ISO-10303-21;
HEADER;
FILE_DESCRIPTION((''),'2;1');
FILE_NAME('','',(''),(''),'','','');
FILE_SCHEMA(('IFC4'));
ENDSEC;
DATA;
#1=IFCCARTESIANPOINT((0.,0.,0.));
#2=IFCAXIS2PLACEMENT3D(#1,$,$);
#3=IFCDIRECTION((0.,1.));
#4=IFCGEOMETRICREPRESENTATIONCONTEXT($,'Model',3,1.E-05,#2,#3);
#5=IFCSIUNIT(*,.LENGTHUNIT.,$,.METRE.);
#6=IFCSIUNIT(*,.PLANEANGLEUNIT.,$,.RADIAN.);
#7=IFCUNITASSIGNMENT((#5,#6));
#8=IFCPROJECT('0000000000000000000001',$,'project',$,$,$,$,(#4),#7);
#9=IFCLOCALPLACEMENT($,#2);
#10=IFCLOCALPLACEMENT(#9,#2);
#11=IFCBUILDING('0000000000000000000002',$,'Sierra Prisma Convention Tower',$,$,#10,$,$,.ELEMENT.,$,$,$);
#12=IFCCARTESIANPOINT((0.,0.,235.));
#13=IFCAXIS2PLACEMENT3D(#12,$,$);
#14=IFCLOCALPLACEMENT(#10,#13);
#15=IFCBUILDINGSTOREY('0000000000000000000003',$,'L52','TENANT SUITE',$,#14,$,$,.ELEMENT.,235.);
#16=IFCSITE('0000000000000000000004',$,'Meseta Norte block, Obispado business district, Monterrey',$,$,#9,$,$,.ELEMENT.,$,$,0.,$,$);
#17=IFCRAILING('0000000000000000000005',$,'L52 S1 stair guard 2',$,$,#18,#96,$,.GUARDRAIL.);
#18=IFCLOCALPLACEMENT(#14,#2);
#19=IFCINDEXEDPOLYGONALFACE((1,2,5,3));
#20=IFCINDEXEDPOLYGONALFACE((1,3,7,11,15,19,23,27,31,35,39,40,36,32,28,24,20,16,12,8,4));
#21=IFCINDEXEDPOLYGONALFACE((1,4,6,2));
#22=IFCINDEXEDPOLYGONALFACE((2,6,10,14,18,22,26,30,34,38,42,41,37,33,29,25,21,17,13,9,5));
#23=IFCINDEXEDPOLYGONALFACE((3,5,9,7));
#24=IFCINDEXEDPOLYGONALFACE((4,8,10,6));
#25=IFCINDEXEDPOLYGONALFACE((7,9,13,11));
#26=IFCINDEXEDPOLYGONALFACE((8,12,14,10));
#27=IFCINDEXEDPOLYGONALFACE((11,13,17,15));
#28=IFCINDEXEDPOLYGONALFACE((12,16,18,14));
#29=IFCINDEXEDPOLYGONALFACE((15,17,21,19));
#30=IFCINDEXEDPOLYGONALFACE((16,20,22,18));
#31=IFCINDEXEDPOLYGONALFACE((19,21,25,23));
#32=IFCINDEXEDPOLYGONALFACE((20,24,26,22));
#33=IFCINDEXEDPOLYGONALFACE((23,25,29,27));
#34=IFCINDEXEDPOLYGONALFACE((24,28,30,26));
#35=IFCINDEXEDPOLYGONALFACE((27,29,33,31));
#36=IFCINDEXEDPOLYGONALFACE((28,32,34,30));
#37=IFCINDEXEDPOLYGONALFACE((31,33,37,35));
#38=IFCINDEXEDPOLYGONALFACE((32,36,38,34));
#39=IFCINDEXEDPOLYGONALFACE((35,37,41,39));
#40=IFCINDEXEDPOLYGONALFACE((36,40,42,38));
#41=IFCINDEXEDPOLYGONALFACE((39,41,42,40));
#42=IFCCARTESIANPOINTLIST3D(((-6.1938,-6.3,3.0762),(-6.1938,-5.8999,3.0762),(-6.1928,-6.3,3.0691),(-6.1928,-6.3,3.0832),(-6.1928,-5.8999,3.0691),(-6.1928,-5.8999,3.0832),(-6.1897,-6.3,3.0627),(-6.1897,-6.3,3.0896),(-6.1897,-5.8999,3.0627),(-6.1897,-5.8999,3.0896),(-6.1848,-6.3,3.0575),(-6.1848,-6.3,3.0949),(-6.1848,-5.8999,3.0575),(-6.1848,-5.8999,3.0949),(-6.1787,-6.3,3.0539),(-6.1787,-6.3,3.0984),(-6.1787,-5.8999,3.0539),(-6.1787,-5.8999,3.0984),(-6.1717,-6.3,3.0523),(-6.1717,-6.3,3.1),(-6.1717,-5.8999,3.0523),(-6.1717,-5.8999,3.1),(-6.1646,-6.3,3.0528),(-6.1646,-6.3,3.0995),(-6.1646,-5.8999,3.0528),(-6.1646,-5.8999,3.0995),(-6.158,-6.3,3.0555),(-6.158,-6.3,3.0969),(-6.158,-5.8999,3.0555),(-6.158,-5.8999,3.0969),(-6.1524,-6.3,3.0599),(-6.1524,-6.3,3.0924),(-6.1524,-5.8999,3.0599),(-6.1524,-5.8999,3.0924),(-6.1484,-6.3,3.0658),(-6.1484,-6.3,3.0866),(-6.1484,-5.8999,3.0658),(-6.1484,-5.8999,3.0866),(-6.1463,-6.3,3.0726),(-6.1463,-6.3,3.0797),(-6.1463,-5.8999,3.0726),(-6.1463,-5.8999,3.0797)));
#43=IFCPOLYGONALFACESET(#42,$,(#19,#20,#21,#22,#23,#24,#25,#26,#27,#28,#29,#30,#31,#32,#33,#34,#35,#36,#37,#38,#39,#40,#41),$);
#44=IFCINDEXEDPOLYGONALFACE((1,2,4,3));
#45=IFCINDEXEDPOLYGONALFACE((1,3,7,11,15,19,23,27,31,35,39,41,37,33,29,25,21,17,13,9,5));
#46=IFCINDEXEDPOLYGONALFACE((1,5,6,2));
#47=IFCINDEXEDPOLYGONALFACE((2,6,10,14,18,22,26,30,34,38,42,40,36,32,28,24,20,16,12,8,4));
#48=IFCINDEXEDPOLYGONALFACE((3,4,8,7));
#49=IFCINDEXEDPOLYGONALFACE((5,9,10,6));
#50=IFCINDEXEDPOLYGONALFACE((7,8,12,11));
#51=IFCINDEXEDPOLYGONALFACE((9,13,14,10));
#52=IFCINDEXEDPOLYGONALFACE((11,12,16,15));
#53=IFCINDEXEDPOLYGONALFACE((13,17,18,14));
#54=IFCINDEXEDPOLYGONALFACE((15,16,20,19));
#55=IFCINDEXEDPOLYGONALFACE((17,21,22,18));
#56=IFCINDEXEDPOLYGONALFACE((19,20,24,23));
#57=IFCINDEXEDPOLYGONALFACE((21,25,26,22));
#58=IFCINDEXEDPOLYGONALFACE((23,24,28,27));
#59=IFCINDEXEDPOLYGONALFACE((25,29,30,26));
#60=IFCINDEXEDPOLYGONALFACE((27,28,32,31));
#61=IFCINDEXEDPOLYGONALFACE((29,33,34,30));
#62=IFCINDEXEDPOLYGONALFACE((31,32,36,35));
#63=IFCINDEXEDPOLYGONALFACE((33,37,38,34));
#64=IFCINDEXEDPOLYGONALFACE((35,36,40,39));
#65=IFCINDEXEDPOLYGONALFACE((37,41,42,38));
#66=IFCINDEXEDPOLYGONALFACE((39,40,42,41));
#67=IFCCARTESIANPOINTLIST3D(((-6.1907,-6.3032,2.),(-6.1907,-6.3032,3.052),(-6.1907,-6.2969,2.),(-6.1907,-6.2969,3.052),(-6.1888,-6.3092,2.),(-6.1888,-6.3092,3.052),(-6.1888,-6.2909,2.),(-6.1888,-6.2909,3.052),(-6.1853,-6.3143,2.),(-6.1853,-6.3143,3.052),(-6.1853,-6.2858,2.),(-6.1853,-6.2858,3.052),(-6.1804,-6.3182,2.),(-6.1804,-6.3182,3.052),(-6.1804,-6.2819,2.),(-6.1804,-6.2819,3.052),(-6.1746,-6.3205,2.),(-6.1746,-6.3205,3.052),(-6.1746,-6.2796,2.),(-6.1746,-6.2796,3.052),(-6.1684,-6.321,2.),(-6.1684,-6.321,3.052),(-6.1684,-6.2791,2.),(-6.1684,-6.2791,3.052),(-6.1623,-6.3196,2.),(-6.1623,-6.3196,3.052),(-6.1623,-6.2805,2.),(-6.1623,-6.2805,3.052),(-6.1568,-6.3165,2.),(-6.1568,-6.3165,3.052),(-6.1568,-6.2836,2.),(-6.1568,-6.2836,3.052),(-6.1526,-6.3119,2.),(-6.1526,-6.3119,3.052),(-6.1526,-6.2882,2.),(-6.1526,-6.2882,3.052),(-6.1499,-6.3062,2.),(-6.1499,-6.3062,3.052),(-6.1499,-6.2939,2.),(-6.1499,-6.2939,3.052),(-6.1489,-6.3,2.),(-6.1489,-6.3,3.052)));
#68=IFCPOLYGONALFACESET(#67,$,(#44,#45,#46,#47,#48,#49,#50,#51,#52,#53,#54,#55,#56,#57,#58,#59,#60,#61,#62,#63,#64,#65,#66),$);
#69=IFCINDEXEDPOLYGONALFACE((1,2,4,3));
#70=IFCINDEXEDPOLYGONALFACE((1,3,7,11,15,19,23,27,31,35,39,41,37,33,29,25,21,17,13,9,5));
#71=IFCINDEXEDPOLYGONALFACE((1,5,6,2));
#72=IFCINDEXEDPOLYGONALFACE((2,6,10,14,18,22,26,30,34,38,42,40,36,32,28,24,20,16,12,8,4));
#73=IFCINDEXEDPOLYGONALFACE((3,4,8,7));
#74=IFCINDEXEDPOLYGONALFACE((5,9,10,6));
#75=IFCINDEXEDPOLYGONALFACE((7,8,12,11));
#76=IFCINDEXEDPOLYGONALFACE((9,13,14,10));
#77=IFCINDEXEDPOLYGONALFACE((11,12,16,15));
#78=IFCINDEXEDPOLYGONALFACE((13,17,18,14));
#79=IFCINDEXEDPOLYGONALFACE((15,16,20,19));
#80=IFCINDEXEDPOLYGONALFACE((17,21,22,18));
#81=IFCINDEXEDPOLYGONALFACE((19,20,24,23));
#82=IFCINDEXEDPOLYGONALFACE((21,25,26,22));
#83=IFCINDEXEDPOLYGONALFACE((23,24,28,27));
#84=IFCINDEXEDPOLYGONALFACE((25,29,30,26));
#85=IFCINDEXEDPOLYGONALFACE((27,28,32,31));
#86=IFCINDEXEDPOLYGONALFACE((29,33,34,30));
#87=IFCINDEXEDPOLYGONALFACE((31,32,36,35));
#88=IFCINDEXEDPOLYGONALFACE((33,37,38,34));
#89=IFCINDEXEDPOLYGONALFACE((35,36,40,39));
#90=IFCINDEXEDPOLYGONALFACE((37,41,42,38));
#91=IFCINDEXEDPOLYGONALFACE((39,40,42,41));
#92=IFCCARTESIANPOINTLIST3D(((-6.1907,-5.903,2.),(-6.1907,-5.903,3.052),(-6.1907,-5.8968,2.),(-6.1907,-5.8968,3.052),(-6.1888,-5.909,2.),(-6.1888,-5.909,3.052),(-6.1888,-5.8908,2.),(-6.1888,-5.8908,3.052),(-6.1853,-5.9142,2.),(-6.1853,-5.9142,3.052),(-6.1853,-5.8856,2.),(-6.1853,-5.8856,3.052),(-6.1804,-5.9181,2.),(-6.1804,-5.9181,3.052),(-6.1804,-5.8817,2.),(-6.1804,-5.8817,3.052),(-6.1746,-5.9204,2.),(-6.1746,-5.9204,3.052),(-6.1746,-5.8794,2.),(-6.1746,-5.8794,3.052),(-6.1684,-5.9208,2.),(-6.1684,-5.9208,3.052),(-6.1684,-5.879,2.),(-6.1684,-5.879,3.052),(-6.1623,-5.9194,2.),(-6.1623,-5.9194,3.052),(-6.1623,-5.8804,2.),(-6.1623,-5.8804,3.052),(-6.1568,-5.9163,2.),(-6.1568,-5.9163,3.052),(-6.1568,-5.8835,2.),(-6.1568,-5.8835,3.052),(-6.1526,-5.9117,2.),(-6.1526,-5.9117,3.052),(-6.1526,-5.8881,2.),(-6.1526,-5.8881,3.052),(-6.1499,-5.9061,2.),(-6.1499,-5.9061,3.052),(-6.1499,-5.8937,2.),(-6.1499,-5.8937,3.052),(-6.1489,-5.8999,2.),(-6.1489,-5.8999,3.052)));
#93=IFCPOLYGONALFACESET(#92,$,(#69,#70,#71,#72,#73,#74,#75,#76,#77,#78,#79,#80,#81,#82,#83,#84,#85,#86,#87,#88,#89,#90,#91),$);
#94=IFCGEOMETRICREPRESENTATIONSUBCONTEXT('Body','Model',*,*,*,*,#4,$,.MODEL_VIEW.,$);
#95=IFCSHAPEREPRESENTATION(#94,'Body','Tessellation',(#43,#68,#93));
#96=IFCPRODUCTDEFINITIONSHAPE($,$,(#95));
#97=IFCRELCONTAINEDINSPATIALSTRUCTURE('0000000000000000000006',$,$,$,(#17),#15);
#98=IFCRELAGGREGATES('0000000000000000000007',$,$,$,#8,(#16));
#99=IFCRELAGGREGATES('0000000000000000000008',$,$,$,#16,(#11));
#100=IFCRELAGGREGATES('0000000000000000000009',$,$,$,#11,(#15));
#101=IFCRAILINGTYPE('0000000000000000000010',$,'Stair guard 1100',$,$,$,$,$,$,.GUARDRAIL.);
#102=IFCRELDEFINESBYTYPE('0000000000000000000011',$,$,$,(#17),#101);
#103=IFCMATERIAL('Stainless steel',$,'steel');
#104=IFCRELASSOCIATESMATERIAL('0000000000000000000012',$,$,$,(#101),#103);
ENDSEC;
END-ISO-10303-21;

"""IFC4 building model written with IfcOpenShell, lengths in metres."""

from ifc_helpers import new_model, si_unit, direction, frame, origin, origin_2d, place, context, subcontext, project, spatial, circle, extrude, material, type_object, element, save


model = new_model("IFC4")

# Units and contexts
model_context = context("Model", 3, precision=1e-05, world=origin(), true_north=direction((0.0, 1.0)))
body_context = subcontext(model_context, "Body", "Model", "MODEL_VIEW")
ifc_project = project(units=[si_unit("LENGTHUNIT", "METRE"), si_unit("PLANEANGLEUNIT", "RADIAN")], contexts=[model_context])

# Site, building, storey
site_placement = place(None, origin())
site = spatial("IfcSite", under=ifc_project, at=site_placement, Name="Meseta Norte block, Obispado business district, Monterrey", CompositionType="ELEMENT", RefElevation=0.0)
building_placement = place(site_placement, origin())
building = spatial("IfcBuilding", under=site, at=building_placement, Name="Sierra Prisma Convention Tower", CompositionType="ELEMENT")
storey_placement = place(building_placement, frame((0.0, 0.0, 235.0)))
storey = spatial("IfcBuildingStorey", under=building, at=storey_placement, Name="L52", Description="TENANT SUITE", CompositionType="ELEMENT", Elevation=235.0)

# Railing
ifc_material_1 = material(Name="Stainless steel", Category="steel")
railing_type_1 = type_object("IfcRailingType", Name="Stair guard 1100", PredefinedType="GUARDRAIL", material=ifc_material_1)
railing_1_placement = place(storey_placement, frame((-6.1699, -6.3, 2.0)))
element("IfcRailing", 1, at=railing_1_placement, inside=storey, type_object=railing_type_1, Name="L52 S1 stair guard 2", PredefinedType="GUARDRAIL", context=body_context, shape_type="SweptSolid", body=[
    extrude(circle(Radius=0.0239, at=origin_2d()), frame((0.0, 0.0, 1.0762), z_axis=(0.0, 1.0, 0.0), x_axis=(-1.0, 0.0, 0.0)), (0.0, 0.0, 1.0), 0.4001),
    extrude(circle(Radius=0.021, at=origin_2d()), origin(), (0.0, 0.0, 1.0), 1.052),
    extrude(circle(Radius=0.021, at=origin_2d()), frame((0.0, 0.4001, 0.0)), (0.0, 0.0, 1.0), 1.052),
])

save(model, "model.ifc")
